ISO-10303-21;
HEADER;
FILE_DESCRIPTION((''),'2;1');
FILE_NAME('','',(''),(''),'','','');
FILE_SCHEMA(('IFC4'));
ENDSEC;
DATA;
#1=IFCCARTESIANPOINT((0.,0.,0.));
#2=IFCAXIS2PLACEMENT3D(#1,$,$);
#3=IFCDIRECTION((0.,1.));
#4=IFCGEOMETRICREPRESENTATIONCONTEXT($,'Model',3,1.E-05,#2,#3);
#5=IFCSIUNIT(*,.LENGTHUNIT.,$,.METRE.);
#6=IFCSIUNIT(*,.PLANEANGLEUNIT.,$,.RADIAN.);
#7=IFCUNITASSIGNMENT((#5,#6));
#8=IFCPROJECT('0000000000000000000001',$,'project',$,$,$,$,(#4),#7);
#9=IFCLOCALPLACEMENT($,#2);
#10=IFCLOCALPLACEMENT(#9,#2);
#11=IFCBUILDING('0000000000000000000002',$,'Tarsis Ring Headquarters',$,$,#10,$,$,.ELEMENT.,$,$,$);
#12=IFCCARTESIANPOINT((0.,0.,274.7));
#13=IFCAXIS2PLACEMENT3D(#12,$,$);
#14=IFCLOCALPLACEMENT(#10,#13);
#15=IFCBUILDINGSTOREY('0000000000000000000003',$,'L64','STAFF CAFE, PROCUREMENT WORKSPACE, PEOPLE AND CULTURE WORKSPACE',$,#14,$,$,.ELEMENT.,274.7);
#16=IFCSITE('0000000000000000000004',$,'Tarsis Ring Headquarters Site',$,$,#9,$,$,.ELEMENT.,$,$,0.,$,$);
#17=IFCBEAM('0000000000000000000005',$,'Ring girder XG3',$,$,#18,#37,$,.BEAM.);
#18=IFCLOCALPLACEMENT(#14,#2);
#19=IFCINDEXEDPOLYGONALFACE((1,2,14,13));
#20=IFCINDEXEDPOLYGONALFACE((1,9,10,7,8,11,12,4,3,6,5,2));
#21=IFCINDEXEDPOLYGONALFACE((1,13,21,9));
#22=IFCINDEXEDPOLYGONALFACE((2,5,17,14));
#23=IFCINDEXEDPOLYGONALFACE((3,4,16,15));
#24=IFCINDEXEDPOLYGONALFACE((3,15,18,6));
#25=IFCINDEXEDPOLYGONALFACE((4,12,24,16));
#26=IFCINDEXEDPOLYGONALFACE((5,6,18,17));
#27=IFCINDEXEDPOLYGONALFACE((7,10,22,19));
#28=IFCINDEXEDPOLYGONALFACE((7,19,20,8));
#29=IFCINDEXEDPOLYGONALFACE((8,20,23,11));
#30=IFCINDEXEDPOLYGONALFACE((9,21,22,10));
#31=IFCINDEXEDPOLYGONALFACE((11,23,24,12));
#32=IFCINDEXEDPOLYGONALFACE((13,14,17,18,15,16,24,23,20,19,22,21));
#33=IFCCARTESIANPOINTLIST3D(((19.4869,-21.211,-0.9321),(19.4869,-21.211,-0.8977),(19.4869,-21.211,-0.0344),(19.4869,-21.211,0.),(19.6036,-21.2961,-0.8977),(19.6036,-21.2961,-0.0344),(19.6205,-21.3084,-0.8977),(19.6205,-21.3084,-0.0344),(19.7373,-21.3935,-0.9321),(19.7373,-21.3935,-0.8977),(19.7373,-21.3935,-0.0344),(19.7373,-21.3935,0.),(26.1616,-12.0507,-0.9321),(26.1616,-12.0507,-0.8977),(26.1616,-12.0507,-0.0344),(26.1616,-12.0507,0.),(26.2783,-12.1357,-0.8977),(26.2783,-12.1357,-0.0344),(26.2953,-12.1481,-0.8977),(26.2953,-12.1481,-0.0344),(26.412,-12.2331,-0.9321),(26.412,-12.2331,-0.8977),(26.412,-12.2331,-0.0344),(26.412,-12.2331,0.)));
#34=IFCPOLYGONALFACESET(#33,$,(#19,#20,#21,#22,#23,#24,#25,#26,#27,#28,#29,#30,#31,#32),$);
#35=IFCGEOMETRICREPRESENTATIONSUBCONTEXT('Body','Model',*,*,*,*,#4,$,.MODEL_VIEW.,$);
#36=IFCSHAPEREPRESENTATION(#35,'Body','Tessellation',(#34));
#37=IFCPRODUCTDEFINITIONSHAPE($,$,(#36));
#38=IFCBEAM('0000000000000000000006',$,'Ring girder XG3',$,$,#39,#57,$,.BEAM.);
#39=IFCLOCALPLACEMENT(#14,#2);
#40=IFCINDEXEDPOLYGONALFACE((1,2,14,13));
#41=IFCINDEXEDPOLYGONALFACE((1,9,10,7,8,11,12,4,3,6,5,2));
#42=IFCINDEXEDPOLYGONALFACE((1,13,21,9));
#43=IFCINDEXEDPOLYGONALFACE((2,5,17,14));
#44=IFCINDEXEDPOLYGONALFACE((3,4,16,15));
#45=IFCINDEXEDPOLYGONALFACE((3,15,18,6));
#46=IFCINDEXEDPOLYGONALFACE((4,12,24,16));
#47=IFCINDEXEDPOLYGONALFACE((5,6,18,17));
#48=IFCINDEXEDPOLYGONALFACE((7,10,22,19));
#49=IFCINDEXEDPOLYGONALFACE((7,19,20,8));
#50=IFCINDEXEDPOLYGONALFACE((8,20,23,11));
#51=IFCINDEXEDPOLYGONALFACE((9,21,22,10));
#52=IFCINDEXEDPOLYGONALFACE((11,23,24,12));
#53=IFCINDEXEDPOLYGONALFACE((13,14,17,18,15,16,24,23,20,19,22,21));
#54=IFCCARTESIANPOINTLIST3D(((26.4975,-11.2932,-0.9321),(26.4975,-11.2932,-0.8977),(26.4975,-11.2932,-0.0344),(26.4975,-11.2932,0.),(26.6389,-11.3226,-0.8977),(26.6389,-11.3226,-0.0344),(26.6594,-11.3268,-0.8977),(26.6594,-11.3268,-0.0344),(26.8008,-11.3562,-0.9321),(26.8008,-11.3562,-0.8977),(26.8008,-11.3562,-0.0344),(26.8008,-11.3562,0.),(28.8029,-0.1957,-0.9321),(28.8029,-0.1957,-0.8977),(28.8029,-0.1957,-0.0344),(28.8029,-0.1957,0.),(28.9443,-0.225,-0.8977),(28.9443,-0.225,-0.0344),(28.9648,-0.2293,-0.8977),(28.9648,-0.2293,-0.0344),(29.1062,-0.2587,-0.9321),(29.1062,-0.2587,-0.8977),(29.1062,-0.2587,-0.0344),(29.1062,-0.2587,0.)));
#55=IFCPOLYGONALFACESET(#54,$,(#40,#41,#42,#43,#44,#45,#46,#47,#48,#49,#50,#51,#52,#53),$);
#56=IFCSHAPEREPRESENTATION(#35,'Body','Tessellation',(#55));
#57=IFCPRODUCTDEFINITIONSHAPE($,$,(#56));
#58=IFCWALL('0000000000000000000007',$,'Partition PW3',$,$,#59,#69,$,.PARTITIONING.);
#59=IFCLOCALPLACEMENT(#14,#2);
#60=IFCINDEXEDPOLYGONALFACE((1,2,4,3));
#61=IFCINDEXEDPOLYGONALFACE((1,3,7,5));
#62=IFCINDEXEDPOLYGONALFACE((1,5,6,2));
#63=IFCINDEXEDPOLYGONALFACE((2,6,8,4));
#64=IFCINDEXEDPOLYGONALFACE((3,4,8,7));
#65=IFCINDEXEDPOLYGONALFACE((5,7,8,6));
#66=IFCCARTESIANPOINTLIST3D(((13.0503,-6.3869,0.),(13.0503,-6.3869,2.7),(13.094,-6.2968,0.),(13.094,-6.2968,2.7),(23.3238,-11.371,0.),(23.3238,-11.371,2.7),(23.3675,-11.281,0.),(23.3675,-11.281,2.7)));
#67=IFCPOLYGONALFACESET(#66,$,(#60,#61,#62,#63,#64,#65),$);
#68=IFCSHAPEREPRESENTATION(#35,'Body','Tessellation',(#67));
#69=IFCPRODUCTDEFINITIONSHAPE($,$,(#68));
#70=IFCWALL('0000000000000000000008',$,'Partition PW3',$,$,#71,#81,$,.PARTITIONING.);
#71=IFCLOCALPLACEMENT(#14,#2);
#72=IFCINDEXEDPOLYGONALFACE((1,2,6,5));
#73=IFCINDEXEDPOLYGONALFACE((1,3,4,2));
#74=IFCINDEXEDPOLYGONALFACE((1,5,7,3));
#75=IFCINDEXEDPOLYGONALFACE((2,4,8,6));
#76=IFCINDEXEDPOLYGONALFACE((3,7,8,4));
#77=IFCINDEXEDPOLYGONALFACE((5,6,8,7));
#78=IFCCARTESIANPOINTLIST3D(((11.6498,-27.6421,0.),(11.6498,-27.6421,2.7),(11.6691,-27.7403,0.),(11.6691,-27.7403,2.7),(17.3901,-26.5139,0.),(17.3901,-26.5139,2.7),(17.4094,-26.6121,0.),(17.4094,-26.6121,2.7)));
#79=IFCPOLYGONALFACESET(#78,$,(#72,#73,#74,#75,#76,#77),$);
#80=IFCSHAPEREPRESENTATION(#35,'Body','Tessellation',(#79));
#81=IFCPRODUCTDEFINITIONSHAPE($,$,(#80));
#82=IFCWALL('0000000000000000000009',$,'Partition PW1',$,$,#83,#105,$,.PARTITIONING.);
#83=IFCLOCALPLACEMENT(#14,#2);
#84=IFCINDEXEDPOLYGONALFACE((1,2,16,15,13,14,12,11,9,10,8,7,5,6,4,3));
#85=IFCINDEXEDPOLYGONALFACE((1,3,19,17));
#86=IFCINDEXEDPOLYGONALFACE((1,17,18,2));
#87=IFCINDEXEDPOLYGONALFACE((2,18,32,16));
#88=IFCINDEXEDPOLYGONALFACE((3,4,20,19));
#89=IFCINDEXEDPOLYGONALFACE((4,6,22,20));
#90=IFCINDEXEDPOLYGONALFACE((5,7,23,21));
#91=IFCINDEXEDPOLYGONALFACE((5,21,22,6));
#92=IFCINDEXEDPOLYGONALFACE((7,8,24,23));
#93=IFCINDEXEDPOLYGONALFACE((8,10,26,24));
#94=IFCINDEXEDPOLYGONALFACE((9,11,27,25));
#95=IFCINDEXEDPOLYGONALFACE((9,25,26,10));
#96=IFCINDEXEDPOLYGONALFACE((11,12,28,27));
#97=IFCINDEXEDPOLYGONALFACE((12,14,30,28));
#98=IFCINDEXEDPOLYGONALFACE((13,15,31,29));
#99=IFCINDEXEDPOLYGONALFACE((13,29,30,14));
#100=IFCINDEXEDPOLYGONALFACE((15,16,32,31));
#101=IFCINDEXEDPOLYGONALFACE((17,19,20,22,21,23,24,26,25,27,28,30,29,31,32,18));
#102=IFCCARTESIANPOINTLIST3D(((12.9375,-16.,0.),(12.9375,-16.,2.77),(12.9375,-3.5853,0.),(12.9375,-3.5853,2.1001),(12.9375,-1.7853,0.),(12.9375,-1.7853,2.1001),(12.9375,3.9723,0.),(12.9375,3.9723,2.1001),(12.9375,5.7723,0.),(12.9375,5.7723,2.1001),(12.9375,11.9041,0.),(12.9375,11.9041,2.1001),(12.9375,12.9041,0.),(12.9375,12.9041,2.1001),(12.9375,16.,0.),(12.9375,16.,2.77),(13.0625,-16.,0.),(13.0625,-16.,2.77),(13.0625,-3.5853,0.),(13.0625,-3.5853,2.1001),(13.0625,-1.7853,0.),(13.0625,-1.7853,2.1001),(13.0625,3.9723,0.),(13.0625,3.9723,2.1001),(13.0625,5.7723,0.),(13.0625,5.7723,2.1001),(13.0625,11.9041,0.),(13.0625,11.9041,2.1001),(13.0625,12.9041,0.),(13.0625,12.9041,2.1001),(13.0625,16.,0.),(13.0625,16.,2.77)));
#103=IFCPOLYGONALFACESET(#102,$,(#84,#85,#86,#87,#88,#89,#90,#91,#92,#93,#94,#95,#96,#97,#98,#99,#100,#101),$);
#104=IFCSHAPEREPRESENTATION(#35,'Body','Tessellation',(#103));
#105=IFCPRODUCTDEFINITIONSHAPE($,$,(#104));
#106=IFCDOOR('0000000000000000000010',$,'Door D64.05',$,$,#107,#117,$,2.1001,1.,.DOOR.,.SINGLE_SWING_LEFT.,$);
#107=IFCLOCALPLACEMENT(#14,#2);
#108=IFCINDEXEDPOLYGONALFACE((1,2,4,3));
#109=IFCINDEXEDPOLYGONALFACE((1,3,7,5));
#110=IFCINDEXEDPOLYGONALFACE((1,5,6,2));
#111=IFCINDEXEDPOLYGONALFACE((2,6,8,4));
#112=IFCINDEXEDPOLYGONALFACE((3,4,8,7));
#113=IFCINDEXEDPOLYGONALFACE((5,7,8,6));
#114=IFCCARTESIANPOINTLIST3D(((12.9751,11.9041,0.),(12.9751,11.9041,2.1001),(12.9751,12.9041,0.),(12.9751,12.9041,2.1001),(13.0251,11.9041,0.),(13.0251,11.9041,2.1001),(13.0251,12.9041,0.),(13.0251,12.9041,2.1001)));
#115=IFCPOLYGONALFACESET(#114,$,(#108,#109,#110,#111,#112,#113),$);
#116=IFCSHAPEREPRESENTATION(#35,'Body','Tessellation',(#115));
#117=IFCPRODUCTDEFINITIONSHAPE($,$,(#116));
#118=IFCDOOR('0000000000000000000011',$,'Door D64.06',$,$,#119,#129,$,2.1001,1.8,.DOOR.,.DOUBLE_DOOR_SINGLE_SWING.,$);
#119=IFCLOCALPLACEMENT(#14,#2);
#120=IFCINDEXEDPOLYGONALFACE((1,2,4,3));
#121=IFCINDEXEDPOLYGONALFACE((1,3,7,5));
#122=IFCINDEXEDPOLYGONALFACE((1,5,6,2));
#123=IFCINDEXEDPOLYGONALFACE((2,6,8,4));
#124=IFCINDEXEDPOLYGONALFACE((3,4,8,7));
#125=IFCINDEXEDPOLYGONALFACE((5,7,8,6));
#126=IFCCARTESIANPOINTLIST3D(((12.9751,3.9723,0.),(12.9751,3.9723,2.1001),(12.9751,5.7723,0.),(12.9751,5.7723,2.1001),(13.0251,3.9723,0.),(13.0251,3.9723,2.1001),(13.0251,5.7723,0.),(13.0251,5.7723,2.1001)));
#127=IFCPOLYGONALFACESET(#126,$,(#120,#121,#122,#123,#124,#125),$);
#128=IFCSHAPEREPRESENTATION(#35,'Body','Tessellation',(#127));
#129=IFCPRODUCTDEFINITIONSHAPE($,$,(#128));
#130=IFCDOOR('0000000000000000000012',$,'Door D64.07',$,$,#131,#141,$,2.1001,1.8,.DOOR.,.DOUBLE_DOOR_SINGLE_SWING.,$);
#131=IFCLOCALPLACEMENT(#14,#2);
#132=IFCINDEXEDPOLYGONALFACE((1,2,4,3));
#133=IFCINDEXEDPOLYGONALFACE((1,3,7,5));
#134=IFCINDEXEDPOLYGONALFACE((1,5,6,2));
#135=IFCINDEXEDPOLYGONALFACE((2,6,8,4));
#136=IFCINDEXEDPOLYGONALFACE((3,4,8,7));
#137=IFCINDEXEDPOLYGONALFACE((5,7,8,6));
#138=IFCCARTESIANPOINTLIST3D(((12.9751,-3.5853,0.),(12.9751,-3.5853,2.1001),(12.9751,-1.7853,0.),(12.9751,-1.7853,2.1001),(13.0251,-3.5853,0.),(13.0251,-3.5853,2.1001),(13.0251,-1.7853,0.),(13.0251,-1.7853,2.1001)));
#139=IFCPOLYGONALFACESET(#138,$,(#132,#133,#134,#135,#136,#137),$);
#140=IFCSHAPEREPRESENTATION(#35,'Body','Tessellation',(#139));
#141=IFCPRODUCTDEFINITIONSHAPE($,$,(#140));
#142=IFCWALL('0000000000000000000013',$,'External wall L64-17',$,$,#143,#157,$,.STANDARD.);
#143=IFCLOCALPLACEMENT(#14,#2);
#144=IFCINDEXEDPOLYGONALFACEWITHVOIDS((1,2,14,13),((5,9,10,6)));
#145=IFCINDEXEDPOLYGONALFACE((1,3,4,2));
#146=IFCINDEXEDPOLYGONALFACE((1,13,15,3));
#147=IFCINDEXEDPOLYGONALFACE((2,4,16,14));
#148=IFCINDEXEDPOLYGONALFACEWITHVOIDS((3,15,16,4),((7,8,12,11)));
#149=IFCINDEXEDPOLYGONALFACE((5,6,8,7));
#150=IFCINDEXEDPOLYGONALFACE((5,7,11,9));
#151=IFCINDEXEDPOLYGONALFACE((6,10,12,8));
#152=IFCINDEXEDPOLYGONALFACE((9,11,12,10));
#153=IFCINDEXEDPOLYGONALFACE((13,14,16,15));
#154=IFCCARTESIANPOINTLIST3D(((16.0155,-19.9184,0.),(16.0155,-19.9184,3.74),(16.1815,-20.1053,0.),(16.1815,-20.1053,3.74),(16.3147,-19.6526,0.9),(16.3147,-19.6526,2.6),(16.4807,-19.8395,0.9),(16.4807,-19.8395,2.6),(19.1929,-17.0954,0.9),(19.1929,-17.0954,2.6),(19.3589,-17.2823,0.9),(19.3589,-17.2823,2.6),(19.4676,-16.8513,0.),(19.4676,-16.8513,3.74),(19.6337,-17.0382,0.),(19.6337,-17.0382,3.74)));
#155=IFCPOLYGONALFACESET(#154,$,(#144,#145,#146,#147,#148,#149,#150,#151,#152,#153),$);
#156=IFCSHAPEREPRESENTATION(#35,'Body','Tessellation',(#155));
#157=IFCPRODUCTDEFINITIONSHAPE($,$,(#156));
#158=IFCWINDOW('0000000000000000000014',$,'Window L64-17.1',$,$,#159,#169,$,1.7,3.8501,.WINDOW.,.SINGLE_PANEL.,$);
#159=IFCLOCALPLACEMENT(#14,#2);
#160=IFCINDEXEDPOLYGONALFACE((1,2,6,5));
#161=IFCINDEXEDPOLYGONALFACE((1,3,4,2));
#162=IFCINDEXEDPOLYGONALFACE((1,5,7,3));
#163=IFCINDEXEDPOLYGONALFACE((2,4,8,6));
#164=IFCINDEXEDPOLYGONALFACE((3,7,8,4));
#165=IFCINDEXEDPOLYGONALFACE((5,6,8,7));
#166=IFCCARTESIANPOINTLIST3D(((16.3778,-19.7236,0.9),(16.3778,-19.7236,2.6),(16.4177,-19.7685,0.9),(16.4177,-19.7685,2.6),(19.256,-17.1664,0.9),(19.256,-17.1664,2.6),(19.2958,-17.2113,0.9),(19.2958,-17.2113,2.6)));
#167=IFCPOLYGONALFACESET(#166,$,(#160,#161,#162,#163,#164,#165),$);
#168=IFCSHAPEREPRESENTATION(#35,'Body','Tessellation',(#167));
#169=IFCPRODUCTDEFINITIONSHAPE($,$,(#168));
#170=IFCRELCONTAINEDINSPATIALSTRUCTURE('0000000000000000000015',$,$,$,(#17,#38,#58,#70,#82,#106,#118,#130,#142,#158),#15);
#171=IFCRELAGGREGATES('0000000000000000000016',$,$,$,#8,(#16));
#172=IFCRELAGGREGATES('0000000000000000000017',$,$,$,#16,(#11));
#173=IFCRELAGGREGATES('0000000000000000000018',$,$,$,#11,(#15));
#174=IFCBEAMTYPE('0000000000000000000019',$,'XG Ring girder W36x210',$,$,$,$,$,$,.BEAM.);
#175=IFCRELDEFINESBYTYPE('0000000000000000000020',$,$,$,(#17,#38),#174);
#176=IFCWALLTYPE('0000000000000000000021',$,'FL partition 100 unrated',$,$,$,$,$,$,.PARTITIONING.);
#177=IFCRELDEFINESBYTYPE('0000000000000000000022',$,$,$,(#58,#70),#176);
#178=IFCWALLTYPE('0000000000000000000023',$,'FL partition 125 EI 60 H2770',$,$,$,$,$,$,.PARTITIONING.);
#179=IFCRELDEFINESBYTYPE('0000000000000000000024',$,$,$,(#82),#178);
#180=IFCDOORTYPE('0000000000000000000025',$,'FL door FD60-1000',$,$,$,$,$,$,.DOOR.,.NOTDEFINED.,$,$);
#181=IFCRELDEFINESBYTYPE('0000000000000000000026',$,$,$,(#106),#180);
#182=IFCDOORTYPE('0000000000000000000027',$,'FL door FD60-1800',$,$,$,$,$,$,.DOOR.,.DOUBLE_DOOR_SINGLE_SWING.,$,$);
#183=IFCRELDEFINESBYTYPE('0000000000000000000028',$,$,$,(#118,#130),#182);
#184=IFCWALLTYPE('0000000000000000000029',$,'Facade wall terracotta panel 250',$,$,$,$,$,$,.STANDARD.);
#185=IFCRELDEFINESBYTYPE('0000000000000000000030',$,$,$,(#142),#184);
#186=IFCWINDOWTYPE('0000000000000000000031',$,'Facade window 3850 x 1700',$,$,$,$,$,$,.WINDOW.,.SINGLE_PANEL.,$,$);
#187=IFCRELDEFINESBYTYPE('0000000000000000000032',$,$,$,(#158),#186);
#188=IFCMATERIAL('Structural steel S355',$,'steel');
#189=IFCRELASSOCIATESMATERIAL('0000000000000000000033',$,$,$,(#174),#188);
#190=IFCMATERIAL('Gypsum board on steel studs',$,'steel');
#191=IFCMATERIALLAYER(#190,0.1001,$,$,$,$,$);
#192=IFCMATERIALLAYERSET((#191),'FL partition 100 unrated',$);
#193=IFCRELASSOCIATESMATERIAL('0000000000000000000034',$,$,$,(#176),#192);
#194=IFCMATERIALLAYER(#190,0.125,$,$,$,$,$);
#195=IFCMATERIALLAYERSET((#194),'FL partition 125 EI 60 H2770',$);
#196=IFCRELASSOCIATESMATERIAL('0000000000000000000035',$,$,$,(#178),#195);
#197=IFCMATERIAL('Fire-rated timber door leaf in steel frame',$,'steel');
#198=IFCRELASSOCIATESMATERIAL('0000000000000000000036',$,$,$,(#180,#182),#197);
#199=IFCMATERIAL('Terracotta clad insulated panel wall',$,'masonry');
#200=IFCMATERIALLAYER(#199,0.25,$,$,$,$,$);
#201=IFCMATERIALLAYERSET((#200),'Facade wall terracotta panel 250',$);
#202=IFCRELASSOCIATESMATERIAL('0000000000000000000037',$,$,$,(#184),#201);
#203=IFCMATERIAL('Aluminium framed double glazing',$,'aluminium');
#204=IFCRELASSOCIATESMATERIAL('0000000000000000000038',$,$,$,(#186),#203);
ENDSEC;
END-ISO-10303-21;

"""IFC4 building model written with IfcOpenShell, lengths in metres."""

from ifc_helpers import new_model, si_unit, direction, frame, frame_2d, origin, origin_2d, place, context, subcontext, project, spatial, rectangle, i_section, extrude, material, layer, layer_set, material_profile, profile_set, type_object, element, fill, save


model = new_model("IFC4")

# Units and contexts
model_context = context("Model", 3, precision=1e-05, world=origin(), true_north=direction((0.0, 1.0)))
body_context = subcontext(model_context, "Body", "Model", "MODEL_VIEW")
ifc_project = project(units=[si_unit("LENGTHUNIT", "METRE"), si_unit("PLANEANGLEUNIT", "RADIAN")], contexts=[model_context])

# Site, building, storey
site_placement = place(None, origin())
site = spatial("IfcSite", under=ifc_project, at=site_placement, Name="Tarsis Ring Headquarters Site", CompositionType="ELEMENT", RefElevation=0.0)
building_placement = place(site_placement, origin())
building = spatial("IfcBuilding", under=site, at=building_placement, Name="Tarsis Ring Headquarters", CompositionType="ELEMENT")
storey_placement = place(building_placement, frame((0.0, 0.0, 274.7)))
storey = spatial("IfcBuildingStorey", under=building, at=storey_placement, Name="L64", Description="STAFF CAFE, PROCUREMENT WORKSPACE, PEOPLE AND CULTURE WORKSPACE", CompositionType="ELEMENT", Elevation=274.7)

# Shared definitions
ifc_material_1 = material(Name="Structural steel S355", Category="steel")

# Beams
ifc_material_profile_1 = material_profile(ifc_material_1, i_section(OverallWidth=0.3098, OverallDepth=0.9321, WebThickness=0.021, FlangeThickness=0.0344, at=origin_2d()), Name="W36x210")
ifc_profile_set_1 = profile_set([ifc_material_profile_1], Name="Structural steel S355")
beam_type_1 = type_object("IfcBeamType", Name="XG Ring girder W36x210", PredefinedType="BEAM", material=ifc_profile_set_1)
beam_1_placement = place(storey_placement, frame((19.6121, -21.3022, -0.4661), z_axis=(0.588904, 0.808203, 0.0), x_axis=(-0.808203, 0.588904, 0.0)))
element("IfcBeam", 1, at=beam_1_placement, inside=storey, type_object=beam_type_1, Name="Ring girder XG3", PredefinedType="BEAM", context=body_context, shape_type="SweptSolid", body=[
    extrude(i_section(OverallWidth=0.3098, OverallDepth=0.9321, WebThickness=0.021, FlangeThickness=0.0344, at=origin_2d()), origin(), (0.0, 0.0, 1.0), 11.3342),
])
beam_2_placement = place(storey_placement, frame((26.6492, -11.3247, -0.4661), z_axis=(0.203397, 0.979096, 0.0), x_axis=(-0.979096, 0.203397, 0.0)))
element("IfcBeam", 2, at=beam_2_placement, inside=storey, type_object=beam_type_1, Name="Ring girder XG3", PredefinedType="BEAM", context=body_context, shape_type="SweptSolid", body=[
    extrude(i_section(OverallWidth=0.3098, OverallDepth=0.9321, WebThickness=0.021, FlangeThickness=0.0344, at=origin_2d()), origin(), (0.0, 0.0, 1.0), 11.3345),
])

# Walls
ifc_material_2 = material(Name="Gypsum board on steel studs", Category="steel")
ifc_layer_1 = layer(ifc_material_2, 0.1001)
ifc_layer_set_1 = layer_set([ifc_layer_1], Name="FL partition 100 unrated")
wall_type_1 = type_object("IfcWallType", Name="FL partition 100 unrated", PredefinedType="PARTITIONING", material=ifc_layer_set_1)
wall_1_placement = place(storey_placement, frame((13.072, -6.3418, 0.0), z_axis=(0.0, 0.0, 1.0), x_axis=(0.899709, -0.436491, 0.0)))
element("IfcWall", 3, at=wall_1_placement, inside=storey, type_object=wall_type_1, Name="Partition PW3", PredefinedType="PARTITIONING", context=body_context, shape_type="SweptSolid", body=[
    extrude(rectangle(XDim=11.4187, YDim=0.1001, at=frame_2d((5.7095, 0.0))), origin(), (0.0, 0.0, 1.0), 2.7),
])
wall_2_placement = place(storey_placement, frame((11.6594, -27.6912, 0.0), z_axis=(0.0, 0.0, 1.0), x_axis=(0.981229, 0.192849, 0.0)))
element("IfcWall", 4, at=wall_2_placement, inside=storey, type_object=wall_type_1, Name="Partition PW3", PredefinedType="PARTITIONING", context=body_context, shape_type="SweptSolid", body=[
    extrude(rectangle(XDim=5.8501, YDim=0.1001, at=frame_2d((2.925, 0.0))), origin(), (0.0, 0.0, 1.0), 2.7),
])

# Wall, openings, doors
ifc_layer_2 = layer(ifc_material_2, 0.125)
ifc_layer_set_2 = layer_set([ifc_layer_2], Name="FL partition 125 EI 60 H2770")
wall_type_2 = type_object("IfcWallType", Name="FL partition 125 EI 60 H2770", PredefinedType="PARTITIONING", material=ifc_layer_set_2)
wall_3_placement = place(storey_placement, frame((13.0, -16.0, 0.0), z_axis=(0.0, 0.0, 1.0), x_axis=(0.0, 1.0, 0.0)))
wall_3 = element("IfcWall", 5, at=wall_3_placement, inside=storey, type_object=wall_type_2, Name="Partition PW1", PredefinedType="PARTITIONING", context=body_context, shape_type="SweptSolid", body=[
    extrude(rectangle(XDim=32.0, YDim=0.125, at=frame_2d((16.0, 0.0))), origin(), (0.0, 0.0, 1.0), 2.77),
])
opening_1_placement = place(wall_3_placement, frame((27.9041, 0.0, 0.0)))
opening_1 = element("IfcOpeningElement", 6, at=opening_1_placement, cuts=wall_3, PredefinedType="OPENING", context=body_context, shape_type="SweptSolid", body=[
    extrude(rectangle(XDim=1.0, YDim=2.1001, at=frame_2d((0.5, 1.05))), frame((0.0, 0.0725, 0.0), z_axis=(0.0, -1.0, 0.0), x_axis=(1.0, 0.0, 0.0)), (0.0, 0.0, 1.0), 0.145),
])
opening_2_placement = place(wall_3_placement, frame((19.9724, 0.0, 0.0)))
opening_2 = element("IfcOpeningElement", 7, at=opening_2_placement, cuts=wall_3, PredefinedType="OPENING", context=body_context, shape_type="SweptSolid", body=[
    extrude(rectangle(XDim=1.8, YDim=2.1001, at=frame_2d((0.8999, 1.05))), frame((0.0, 0.0725, 0.0), z_axis=(0.0, -1.0, 0.0), x_axis=(1.0, 0.0, 0.0)), (0.0, 0.0, 1.0), 0.145),
])
opening_3_placement = place(wall_3_placement, frame((12.4148, 0.0, 0.0)))
opening_3 = element("IfcOpeningElement", 8, at=opening_3_placement, cuts=wall_3, PredefinedType="OPENING", context=body_context, shape_type="SweptSolid", body=[
    extrude(rectangle(XDim=1.8, YDim=2.1001, at=frame_2d((0.8999, 1.05))), frame((0.0, 0.0725, 0.0), z_axis=(0.0, -1.0, 0.0), x_axis=(1.0, 0.0, 0.0)), (0.0, 0.0, 1.0), 0.145),
])
ifc_material_3 = material(Name="Fire-rated timber door leaf in steel frame", Category="steel")
door_type_1 = type_object("IfcDoorType", Name="FL door FD60-1000", OperationType="NOTDEFINED", PredefinedType="DOOR", material=ifc_material_3)
door_1_placement = place(opening_1_placement, origin())
door_1 = element("IfcDoor", 9, at=door_1_placement, inside=storey, type_object=door_type_1, Name="Door D64.05", OperationType="SINGLE_SWING_LEFT", OverallHeight=2.1001, OverallWidth=1.0, PredefinedType="DOOR", context=body_context, shape_type="SweptSolid", body=[
    extrude(rectangle(XDim=1.0, YDim=2.1001, at=frame_2d((0.5, 1.05))), frame((0.0, 0.0249, 0.0), z_axis=(0.0, -1.0, 0.0), x_axis=(1.0, 0.0, 0.0)), (0.0, 0.0, 1.0), 0.05),
])
fill(opening_1, door_1)
door_type_2 = type_object("IfcDoorType", Name="FL door FD60-1800", OperationType="DOUBLE_DOOR_SINGLE_SWING", PredefinedType="DOOR", material=ifc_material_3)
door_2_placement = place(opening_2_placement, origin())
door_2 = element("IfcDoor", 10, at=door_2_placement, inside=storey, type_object=door_type_2, Name="Door D64.06", OperationType="DOUBLE_DOOR_SINGLE_SWING", OverallHeight=2.1001, OverallWidth=1.8, PredefinedType="DOOR", context=body_context, shape_type="SweptSolid", body=[
    extrude(rectangle(XDim=1.8, YDim=2.1001, at=frame_2d((0.8999, 1.05))), frame((0.0, 0.0249, 0.0), z_axis=(0.0, -1.0, 0.0), x_axis=(1.0, 0.0, 0.0)), (0.0, 0.0, 1.0), 0.05),
])
fill(opening_2, door_2)
door_3_placement = place(opening_3_placement, origin())
door_3 = element("IfcDoor", 11, at=door_3_placement, inside=storey, type_object=door_type_2, Name="Door D64.07", OperationType="DOUBLE_DOOR_SINGLE_SWING", OverallHeight=2.1001, OverallWidth=1.8, PredefinedType="DOOR", context=body_context, shape_type="SweptSolid", body=[
    extrude(rectangle(XDim=1.8, YDim=2.1001, at=frame_2d((0.8999, 1.05))), frame((0.0, 0.0249, 0.0), z_axis=(0.0, -1.0, 0.0), x_axis=(1.0, 0.0, 0.0)), (0.0, 0.0, 1.0), 0.05),
])
fill(opening_3, door_3)

# Wall, opening, window
ifc_material_4 = material(Name="Terracotta clad insulated panel wall", Category="masonry")
ifc_layer_3 = layer(ifc_material_4, 0.25)
ifc_layer_set_3 = layer_set([ifc_layer_3], Name="Facade wall terracotta panel 250")
wall_type_3 = type_object("IfcWallType", Name="Facade wall terracotta panel 250", PredefinedType="STANDARD", material=ifc_layer_set_3)
wall_4_placement = place(storey_placement, frame((16.0984, -20.012, 0.0), z_axis=(0.0, 0.0, 1.0), x_axis=(0.747564, 0.66419, 0.0)))
wall_4 = element("IfcWall", 12, at=wall_4_placement, inside=storey, type_object=wall_type_3, Name="External wall L64-17", PredefinedType="STANDARD", context=body_context, shape_type="SweptSolid", body=[
    extrude(rectangle(XDim=4.6179, YDim=0.25, at=frame_2d((2.3091, 0.0))), origin(), (0.0, 0.0, 1.0), 3.74),
])
opening_4_placement = place(wall_4_placement, frame((0.4004, 0.0, 0.8999)))
opening_4 = element("IfcOpeningElement", 13, at=opening_4_placement, cuts=wall_4, PredefinedType="OPENING", context=body_context, shape_type="SweptSolid", body=[
    extrude(rectangle(XDim=3.8501, YDim=1.7, at=frame_2d((1.925, 0.8501))), frame((0.0, 0.135, 0.0), z_axis=(0.0, -1.0, 0.0), x_axis=(1.0, 0.0, 0.0)), (0.0, 0.0, 1.0), 0.27),
])
ifc_material_5 = material(Name="Aluminium framed double glazing", Category="aluminium")
window_type_1 = type_object("IfcWindowType", Name="Facade window 3850 x 1700", PartitioningType="SINGLE_PANEL", PredefinedType="WINDOW", material=ifc_material_5)
window_1_placement = place(opening_4_placement, origin())
window_1 = element("IfcWindow", 14, at=window_1_placement, inside=storey, type_object=window_type_1, Name="Window L64-17.1", OverallHeight=1.7, OverallWidth=3.8501, PartitioningType="SINGLE_PANEL", PredefinedType="WINDOW", context=body_context, shape_type="SweptSolid", body=[
    extrude(rectangle(XDim=3.8501, YDim=1.7, at=frame_2d((1.925, 0.8501))), frame((0.0, 0.03, 0.0), z_axis=(0.0, -1.0, 0.0), x_axis=(1.0, 0.0, 0.0)), (0.0, 0.0, 1.0), 0.0601),
])
fill(opening_4, window_1)

save(model, "model.ifc")
